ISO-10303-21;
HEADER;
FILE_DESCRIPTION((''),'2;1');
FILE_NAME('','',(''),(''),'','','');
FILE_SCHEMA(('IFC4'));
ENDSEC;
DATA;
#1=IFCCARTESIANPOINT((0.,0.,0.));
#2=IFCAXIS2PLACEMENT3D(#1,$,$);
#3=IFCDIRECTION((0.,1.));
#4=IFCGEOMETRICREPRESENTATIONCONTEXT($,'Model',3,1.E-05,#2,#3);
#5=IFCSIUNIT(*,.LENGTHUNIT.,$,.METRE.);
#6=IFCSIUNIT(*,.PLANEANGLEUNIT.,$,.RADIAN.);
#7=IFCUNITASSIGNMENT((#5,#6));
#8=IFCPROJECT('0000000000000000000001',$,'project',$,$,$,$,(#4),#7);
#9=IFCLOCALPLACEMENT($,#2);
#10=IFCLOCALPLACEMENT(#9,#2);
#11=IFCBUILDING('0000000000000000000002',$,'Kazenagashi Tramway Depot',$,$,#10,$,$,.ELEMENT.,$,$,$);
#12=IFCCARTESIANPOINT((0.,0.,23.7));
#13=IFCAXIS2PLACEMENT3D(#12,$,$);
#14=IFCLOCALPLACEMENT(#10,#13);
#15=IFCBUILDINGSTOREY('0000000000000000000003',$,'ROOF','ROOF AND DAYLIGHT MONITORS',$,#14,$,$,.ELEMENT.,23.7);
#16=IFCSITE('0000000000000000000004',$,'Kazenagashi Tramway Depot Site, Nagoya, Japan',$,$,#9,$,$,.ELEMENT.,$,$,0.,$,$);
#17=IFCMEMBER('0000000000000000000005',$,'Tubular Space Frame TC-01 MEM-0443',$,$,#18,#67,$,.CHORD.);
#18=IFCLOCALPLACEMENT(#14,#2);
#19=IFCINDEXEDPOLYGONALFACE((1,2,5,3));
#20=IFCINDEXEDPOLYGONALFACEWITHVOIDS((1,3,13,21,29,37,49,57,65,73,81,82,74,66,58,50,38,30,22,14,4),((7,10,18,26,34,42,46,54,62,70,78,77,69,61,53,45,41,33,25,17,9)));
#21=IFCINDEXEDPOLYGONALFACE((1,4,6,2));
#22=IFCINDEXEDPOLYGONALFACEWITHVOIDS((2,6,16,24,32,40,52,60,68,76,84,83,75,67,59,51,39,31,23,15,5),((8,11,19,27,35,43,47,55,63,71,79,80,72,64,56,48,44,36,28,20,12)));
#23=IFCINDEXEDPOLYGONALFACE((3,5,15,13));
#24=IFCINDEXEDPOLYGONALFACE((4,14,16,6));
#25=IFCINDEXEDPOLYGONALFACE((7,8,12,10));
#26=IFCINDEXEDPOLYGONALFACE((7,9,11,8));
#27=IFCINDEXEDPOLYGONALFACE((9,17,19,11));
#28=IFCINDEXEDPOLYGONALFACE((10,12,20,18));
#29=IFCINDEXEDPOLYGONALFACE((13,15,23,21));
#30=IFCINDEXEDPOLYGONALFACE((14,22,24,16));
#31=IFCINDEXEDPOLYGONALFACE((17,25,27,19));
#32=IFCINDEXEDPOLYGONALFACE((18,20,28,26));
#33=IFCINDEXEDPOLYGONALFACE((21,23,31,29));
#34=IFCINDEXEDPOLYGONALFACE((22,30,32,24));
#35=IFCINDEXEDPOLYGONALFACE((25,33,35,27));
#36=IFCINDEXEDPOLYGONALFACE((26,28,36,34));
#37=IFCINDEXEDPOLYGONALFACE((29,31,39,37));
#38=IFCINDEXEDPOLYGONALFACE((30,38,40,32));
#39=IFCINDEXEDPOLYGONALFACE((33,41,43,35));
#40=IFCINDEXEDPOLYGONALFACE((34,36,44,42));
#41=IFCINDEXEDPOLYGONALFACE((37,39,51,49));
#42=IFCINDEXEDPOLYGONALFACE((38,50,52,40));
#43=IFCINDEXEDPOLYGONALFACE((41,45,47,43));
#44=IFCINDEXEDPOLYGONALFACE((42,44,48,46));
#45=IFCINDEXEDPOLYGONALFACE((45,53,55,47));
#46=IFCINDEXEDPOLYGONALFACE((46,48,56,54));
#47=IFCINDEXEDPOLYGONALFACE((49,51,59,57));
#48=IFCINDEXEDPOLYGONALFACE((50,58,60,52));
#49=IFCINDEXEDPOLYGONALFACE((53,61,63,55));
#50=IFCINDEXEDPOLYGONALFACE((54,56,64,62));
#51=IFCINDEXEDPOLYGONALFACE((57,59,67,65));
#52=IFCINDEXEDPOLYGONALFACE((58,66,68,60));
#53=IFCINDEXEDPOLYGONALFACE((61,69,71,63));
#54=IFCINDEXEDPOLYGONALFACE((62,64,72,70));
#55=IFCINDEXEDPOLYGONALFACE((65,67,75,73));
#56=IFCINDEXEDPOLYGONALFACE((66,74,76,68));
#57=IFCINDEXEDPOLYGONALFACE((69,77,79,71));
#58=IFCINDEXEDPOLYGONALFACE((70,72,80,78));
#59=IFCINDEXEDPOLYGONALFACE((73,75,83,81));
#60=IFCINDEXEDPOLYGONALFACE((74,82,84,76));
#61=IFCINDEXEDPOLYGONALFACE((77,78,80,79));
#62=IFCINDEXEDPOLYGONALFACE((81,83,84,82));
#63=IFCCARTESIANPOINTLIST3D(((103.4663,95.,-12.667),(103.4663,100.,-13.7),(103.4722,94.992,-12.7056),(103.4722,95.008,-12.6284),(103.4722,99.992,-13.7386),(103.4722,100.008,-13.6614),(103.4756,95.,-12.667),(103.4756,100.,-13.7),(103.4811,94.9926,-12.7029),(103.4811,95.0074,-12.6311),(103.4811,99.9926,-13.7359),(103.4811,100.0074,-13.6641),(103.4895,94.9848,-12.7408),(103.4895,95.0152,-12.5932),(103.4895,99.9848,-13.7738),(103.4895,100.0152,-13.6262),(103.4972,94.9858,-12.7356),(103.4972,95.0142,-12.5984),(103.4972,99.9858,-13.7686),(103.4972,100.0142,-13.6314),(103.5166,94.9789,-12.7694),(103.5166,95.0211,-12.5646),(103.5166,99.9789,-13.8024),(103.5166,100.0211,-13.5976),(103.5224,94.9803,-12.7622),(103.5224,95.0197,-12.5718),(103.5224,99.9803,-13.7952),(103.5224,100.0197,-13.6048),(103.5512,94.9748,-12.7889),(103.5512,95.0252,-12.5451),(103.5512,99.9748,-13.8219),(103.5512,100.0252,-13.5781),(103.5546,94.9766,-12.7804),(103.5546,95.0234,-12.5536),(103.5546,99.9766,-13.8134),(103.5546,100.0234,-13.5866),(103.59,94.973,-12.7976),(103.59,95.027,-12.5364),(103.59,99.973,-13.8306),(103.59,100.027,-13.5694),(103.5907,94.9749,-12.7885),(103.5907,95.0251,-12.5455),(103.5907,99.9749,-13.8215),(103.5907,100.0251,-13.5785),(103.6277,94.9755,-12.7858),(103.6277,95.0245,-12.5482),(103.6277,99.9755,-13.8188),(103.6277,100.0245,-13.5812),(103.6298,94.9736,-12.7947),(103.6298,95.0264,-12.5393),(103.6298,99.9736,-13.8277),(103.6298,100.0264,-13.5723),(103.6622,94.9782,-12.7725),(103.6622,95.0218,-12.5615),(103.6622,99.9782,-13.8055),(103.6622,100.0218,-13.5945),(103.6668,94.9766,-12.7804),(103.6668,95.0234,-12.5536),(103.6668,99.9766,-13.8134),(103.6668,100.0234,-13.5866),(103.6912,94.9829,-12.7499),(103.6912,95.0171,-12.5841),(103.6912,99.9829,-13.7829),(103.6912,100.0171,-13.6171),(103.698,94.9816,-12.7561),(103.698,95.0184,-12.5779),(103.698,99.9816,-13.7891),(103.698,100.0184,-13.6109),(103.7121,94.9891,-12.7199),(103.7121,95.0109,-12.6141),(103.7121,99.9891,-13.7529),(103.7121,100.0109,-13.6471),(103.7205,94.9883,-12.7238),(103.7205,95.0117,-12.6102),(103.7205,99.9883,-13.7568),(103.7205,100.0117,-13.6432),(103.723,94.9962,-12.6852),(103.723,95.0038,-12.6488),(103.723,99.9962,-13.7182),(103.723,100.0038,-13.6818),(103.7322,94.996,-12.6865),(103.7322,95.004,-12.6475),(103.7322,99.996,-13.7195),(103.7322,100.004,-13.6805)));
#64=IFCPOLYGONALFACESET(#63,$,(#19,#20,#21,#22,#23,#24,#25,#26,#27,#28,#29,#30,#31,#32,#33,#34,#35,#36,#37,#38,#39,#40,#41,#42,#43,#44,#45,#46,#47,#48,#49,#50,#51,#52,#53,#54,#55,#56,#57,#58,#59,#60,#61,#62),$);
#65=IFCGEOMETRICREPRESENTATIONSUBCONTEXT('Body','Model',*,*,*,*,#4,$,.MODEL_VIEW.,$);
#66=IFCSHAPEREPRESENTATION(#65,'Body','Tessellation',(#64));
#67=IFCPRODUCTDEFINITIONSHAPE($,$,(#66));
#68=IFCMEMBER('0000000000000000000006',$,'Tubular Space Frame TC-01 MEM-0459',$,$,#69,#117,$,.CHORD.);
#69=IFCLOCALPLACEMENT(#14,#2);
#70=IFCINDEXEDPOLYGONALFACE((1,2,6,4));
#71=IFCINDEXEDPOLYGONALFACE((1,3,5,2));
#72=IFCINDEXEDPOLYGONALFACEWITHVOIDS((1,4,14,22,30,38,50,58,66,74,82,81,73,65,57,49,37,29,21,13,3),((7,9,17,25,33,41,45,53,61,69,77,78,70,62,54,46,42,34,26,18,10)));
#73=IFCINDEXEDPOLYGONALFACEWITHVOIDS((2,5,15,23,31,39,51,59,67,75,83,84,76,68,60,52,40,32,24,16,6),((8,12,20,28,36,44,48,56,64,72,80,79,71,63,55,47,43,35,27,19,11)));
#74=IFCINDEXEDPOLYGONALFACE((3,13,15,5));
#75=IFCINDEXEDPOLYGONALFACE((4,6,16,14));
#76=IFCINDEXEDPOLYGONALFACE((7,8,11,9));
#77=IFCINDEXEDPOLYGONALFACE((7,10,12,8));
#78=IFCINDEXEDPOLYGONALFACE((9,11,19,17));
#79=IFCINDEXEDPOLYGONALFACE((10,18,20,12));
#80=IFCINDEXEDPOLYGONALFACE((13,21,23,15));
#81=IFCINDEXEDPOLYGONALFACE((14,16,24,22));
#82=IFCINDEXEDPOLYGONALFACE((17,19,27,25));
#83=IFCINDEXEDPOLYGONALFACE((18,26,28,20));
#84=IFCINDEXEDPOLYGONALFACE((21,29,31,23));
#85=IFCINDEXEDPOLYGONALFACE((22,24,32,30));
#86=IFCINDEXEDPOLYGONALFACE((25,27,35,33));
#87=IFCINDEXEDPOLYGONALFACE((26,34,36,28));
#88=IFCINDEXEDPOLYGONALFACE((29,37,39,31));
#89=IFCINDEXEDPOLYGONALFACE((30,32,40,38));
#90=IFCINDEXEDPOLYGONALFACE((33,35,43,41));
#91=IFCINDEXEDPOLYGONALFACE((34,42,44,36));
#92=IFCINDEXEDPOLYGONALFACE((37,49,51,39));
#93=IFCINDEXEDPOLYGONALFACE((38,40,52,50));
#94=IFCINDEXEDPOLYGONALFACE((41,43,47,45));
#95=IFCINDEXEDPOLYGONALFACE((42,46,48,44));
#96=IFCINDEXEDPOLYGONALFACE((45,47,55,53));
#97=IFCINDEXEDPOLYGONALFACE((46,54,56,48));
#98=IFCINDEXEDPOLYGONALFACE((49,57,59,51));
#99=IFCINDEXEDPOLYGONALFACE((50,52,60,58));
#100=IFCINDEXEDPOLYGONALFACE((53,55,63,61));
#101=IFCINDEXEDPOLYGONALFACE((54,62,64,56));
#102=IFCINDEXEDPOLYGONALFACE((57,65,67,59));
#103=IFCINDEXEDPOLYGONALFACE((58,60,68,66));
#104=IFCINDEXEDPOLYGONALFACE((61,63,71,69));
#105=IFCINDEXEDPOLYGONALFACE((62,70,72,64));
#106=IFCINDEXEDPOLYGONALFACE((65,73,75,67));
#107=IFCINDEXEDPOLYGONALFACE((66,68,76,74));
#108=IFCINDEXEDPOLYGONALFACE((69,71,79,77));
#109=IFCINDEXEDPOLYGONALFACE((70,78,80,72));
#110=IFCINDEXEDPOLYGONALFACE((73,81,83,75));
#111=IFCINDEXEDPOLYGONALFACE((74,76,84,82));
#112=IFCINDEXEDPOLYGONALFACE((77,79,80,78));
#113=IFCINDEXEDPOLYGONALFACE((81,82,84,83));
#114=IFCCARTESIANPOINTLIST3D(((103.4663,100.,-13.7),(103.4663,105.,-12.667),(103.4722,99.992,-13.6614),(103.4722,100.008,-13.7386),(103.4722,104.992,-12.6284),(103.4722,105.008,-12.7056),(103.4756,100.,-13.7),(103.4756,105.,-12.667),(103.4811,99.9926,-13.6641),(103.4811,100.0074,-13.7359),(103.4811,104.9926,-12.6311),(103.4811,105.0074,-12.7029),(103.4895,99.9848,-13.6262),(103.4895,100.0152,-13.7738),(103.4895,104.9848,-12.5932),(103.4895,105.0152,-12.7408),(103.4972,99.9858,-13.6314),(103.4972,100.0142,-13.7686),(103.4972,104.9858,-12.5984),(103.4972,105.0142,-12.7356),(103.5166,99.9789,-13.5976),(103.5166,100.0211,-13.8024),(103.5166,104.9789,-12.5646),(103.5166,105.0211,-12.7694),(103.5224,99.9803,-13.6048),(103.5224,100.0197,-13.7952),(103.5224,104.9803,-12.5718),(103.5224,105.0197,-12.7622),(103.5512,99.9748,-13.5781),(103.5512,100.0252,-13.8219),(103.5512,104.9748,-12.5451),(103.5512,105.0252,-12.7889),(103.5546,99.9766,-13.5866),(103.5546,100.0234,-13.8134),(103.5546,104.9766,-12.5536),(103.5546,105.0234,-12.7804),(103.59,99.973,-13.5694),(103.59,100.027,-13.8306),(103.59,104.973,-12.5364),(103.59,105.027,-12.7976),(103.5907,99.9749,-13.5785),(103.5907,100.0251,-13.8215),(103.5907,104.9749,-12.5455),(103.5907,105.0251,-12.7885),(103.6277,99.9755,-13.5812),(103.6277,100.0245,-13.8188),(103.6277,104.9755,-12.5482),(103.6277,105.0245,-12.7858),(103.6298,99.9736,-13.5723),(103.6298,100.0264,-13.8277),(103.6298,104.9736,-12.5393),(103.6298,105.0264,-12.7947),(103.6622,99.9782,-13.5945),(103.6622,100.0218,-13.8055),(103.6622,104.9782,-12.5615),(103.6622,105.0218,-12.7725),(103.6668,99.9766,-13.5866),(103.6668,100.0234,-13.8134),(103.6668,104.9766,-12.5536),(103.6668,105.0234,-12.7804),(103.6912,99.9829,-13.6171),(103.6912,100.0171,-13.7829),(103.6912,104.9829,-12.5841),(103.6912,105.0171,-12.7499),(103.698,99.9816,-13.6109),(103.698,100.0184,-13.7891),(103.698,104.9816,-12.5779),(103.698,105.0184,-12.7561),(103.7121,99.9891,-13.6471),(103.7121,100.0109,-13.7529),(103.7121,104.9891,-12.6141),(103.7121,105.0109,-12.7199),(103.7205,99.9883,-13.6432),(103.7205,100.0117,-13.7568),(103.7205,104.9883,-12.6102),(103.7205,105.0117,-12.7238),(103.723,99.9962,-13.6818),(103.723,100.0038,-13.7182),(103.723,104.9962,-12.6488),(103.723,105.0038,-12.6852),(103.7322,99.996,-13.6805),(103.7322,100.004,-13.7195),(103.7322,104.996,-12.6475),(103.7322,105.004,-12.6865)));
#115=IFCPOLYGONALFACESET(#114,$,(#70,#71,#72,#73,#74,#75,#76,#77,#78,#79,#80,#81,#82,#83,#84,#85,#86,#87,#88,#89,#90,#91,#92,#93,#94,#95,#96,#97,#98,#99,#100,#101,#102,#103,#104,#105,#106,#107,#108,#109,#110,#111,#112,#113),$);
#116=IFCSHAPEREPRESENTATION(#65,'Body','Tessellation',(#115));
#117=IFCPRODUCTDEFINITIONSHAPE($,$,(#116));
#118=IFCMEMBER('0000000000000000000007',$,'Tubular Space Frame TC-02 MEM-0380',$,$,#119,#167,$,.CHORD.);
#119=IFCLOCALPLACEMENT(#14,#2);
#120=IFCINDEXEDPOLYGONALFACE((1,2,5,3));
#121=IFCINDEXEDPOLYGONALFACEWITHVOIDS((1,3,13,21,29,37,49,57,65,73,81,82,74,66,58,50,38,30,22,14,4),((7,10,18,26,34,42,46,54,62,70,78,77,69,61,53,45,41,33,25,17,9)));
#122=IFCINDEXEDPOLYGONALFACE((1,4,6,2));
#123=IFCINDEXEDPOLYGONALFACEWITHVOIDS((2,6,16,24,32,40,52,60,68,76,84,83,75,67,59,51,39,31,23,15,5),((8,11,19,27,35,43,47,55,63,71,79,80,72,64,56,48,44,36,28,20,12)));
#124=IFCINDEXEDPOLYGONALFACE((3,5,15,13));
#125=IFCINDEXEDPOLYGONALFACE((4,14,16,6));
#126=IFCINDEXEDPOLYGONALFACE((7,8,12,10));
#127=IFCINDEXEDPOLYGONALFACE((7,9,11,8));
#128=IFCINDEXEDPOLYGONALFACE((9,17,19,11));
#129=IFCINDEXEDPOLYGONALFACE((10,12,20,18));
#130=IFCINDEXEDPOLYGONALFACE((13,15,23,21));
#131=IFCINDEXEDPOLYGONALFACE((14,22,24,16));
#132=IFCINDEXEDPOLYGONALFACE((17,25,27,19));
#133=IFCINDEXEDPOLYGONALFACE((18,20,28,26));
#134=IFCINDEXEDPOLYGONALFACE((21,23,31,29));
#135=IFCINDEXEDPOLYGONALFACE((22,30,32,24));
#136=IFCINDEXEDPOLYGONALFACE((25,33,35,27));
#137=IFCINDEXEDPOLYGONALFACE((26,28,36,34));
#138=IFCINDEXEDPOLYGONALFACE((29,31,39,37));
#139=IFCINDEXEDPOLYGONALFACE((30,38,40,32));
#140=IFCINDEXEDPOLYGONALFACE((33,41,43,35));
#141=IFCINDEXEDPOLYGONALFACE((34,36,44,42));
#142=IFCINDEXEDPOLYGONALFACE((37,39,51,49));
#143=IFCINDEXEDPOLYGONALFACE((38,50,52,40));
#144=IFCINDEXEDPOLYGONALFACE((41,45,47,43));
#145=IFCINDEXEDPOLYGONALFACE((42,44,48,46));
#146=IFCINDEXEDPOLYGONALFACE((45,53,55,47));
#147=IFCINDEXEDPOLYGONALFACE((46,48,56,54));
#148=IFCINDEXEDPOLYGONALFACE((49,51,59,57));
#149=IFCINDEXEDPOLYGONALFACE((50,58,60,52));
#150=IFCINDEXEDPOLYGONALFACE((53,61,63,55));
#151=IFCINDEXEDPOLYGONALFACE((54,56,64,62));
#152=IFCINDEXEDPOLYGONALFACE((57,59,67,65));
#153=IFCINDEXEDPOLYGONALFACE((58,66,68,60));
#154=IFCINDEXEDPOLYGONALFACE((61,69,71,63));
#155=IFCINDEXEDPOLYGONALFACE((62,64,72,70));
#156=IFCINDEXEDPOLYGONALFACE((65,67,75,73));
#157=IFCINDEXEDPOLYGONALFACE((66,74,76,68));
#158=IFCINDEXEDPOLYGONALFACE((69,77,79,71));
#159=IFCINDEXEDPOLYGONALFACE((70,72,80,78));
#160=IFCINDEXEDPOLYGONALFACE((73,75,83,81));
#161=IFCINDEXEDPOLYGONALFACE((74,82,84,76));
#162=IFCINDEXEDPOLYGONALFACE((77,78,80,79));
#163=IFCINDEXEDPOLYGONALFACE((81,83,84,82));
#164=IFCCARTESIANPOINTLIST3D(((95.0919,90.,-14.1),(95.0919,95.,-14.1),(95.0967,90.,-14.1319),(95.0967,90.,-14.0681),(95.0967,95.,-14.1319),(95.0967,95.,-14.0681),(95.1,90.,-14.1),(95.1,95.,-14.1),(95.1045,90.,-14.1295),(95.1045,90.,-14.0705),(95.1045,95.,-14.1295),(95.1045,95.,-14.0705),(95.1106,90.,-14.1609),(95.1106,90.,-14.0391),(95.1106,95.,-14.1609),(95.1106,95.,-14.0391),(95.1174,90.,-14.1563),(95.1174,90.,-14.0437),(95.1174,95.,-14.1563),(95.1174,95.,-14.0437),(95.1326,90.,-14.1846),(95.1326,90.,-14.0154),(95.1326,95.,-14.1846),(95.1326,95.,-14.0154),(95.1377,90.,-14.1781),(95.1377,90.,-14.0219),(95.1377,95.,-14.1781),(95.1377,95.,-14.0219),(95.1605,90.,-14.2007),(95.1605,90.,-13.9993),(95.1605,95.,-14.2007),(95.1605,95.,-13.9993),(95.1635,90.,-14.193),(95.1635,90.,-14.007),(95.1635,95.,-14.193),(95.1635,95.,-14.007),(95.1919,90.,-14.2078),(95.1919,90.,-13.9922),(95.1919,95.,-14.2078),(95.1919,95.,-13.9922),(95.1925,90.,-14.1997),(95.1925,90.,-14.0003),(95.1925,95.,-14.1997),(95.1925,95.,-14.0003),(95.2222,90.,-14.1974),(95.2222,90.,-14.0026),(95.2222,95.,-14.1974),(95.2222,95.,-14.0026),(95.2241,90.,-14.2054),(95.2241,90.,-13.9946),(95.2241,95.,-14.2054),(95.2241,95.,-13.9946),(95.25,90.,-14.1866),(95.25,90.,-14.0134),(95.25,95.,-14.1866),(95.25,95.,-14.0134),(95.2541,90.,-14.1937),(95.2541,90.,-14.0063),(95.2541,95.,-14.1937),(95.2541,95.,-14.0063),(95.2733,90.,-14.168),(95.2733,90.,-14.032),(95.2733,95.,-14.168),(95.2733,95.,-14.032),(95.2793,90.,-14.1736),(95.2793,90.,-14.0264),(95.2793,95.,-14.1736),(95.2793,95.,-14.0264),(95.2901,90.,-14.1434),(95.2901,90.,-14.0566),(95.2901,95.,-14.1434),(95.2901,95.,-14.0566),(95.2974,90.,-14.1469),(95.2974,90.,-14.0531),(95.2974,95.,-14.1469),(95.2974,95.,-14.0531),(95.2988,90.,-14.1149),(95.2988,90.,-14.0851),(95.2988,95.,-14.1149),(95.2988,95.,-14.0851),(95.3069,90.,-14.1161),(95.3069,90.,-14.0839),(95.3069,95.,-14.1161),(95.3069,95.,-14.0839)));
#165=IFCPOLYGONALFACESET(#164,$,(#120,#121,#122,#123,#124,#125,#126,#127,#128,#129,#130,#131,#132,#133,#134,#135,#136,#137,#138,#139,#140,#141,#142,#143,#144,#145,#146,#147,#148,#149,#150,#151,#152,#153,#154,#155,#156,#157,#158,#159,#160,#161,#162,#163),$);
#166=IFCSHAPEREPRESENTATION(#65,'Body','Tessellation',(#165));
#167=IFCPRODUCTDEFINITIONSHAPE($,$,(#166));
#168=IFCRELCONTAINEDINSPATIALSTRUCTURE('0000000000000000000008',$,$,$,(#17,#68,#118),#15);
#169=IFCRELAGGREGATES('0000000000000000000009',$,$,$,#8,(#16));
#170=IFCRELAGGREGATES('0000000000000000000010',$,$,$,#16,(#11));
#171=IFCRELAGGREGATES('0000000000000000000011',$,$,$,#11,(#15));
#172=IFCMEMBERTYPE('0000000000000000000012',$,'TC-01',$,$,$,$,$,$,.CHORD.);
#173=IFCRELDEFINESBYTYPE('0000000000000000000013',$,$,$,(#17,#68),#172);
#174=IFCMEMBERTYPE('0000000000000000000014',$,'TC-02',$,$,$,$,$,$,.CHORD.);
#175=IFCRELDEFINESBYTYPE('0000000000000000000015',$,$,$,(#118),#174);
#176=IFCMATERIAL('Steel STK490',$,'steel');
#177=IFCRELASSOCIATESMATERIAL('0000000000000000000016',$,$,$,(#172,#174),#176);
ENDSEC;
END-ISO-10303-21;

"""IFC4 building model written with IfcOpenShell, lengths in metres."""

from ifc_helpers import new_model, si_unit, direction, frame, origin, origin_2d, place, context, subcontext, project, spatial, hollow_circle, extrude, material, material_profile, profile_set, type_object, element, save


model = new_model("IFC4")

# Units and contexts
model_context = context("Model", 3, precision=1e-05, world=origin(), true_north=direction((0.0, 1.0)))
body_context = subcontext(model_context, "Body", "Model", "MODEL_VIEW")
ifc_project = project(units=[si_unit("LENGTHUNIT", "METRE"), si_unit("PLANEANGLEUNIT", "RADIAN")], contexts=[model_context])

# Site, building, storey
site_placement = place(None, origin())
site = spatial("IfcSite", under=ifc_project, at=site_placement, Name="Kazenagashi Tramway Depot Site, Nagoya, Japan", CompositionType="ELEMENT", RefElevation=0.0)
building_placement = place(site_placement, origin())
building = spatial("IfcBuilding", under=site, at=building_placement, Name="Kazenagashi Tramway Depot", CompositionType="ELEMENT")
storey_placement = place(building_placement, frame((0.0, 0.0, 23.7)))
storey = spatial("IfcBuildingStorey", under=building, at=storey_placement, Name="ROOF", Description="ROOF AND DAYLIGHT MONITORS", CompositionType="ELEMENT", Elevation=23.7)

# Members
ifc_material_1 = material(Name="Steel STK490", Category="steel")
ifc_material_profile_1 = material_profile(ifc_material_1, hollow_circle(Radius=0.1337, WallThickness=0.0093, at=origin_2d()), Name="CHS-267.4x9.3")
ifc_profile_set_1 = profile_set([ifc_material_profile_1], Name="Steel STK490")
member_type_1 = type_object("IfcMemberType", Name="TC-01", PredefinedType="CHORD", material=ifc_profile_set_1)
for number, where, z_axis, x_axis, name in (
    (1, (103.6, 95.0, -12.667), (0.0, 0.979318, -0.202327), (-1.0, 0.0, 0.0), "Tubular Space Frame TC-01 MEM-0443"),
    (2, (103.6, 100.0, -13.7), (0.0, 0.979318, 0.202327), (-1.0, 0.0, 0.0), "Tubular Space Frame TC-01 MEM-0459"),
):
    element("IfcMember", number, at=place(storey_placement, frame(where, z_axis=z_axis, x_axis=x_axis)), inside=storey, type_object=member_type_1, Name=name, PredefinedType="CHORD", context=body_context, shape_type="SweptSolid", body=[
        extrude(hollow_circle(Radius=0.1337, WallThickness=0.0093, at=origin_2d()), origin(), (0.0, 0.0, 1.0), 5.1056),
    ])
ifc_material_profile_2 = material_profile(ifc_material_1, hollow_circle(Radius=0.1081, WallThickness=0.0082, at=origin_2d()), Name="CHS-216.3x8.2")
ifc_profile_set_2 = profile_set([ifc_material_profile_2], Name="Steel STK490")
member_type_2 = type_object("IfcMemberType", Name="TC-02", PredefinedType="CHORD", material=ifc_profile_set_2)
for number, where, z_axis, x_axis, name in (
    (3, (95.2, 90.0, -14.1), (0.0, 1.0, 0.0), (-1.0, 0.0, 0.0), "Tubular Space Frame TC-02 MEM-0380"),
):
    element("IfcMember", number, at=place(storey_placement, frame(where, z_axis=z_axis, x_axis=x_axis)), inside=storey, type_object=member_type_2, Name=name, PredefinedType="CHORD", context=body_context, shape_type="SweptSolid", body=[
        extrude(hollow_circle(Radius=0.1081, WallThickness=0.0082, at=origin_2d()), origin(), (0.0, 0.0, 1.0), 5.0),
    ])

save(model, "model.ifc")
